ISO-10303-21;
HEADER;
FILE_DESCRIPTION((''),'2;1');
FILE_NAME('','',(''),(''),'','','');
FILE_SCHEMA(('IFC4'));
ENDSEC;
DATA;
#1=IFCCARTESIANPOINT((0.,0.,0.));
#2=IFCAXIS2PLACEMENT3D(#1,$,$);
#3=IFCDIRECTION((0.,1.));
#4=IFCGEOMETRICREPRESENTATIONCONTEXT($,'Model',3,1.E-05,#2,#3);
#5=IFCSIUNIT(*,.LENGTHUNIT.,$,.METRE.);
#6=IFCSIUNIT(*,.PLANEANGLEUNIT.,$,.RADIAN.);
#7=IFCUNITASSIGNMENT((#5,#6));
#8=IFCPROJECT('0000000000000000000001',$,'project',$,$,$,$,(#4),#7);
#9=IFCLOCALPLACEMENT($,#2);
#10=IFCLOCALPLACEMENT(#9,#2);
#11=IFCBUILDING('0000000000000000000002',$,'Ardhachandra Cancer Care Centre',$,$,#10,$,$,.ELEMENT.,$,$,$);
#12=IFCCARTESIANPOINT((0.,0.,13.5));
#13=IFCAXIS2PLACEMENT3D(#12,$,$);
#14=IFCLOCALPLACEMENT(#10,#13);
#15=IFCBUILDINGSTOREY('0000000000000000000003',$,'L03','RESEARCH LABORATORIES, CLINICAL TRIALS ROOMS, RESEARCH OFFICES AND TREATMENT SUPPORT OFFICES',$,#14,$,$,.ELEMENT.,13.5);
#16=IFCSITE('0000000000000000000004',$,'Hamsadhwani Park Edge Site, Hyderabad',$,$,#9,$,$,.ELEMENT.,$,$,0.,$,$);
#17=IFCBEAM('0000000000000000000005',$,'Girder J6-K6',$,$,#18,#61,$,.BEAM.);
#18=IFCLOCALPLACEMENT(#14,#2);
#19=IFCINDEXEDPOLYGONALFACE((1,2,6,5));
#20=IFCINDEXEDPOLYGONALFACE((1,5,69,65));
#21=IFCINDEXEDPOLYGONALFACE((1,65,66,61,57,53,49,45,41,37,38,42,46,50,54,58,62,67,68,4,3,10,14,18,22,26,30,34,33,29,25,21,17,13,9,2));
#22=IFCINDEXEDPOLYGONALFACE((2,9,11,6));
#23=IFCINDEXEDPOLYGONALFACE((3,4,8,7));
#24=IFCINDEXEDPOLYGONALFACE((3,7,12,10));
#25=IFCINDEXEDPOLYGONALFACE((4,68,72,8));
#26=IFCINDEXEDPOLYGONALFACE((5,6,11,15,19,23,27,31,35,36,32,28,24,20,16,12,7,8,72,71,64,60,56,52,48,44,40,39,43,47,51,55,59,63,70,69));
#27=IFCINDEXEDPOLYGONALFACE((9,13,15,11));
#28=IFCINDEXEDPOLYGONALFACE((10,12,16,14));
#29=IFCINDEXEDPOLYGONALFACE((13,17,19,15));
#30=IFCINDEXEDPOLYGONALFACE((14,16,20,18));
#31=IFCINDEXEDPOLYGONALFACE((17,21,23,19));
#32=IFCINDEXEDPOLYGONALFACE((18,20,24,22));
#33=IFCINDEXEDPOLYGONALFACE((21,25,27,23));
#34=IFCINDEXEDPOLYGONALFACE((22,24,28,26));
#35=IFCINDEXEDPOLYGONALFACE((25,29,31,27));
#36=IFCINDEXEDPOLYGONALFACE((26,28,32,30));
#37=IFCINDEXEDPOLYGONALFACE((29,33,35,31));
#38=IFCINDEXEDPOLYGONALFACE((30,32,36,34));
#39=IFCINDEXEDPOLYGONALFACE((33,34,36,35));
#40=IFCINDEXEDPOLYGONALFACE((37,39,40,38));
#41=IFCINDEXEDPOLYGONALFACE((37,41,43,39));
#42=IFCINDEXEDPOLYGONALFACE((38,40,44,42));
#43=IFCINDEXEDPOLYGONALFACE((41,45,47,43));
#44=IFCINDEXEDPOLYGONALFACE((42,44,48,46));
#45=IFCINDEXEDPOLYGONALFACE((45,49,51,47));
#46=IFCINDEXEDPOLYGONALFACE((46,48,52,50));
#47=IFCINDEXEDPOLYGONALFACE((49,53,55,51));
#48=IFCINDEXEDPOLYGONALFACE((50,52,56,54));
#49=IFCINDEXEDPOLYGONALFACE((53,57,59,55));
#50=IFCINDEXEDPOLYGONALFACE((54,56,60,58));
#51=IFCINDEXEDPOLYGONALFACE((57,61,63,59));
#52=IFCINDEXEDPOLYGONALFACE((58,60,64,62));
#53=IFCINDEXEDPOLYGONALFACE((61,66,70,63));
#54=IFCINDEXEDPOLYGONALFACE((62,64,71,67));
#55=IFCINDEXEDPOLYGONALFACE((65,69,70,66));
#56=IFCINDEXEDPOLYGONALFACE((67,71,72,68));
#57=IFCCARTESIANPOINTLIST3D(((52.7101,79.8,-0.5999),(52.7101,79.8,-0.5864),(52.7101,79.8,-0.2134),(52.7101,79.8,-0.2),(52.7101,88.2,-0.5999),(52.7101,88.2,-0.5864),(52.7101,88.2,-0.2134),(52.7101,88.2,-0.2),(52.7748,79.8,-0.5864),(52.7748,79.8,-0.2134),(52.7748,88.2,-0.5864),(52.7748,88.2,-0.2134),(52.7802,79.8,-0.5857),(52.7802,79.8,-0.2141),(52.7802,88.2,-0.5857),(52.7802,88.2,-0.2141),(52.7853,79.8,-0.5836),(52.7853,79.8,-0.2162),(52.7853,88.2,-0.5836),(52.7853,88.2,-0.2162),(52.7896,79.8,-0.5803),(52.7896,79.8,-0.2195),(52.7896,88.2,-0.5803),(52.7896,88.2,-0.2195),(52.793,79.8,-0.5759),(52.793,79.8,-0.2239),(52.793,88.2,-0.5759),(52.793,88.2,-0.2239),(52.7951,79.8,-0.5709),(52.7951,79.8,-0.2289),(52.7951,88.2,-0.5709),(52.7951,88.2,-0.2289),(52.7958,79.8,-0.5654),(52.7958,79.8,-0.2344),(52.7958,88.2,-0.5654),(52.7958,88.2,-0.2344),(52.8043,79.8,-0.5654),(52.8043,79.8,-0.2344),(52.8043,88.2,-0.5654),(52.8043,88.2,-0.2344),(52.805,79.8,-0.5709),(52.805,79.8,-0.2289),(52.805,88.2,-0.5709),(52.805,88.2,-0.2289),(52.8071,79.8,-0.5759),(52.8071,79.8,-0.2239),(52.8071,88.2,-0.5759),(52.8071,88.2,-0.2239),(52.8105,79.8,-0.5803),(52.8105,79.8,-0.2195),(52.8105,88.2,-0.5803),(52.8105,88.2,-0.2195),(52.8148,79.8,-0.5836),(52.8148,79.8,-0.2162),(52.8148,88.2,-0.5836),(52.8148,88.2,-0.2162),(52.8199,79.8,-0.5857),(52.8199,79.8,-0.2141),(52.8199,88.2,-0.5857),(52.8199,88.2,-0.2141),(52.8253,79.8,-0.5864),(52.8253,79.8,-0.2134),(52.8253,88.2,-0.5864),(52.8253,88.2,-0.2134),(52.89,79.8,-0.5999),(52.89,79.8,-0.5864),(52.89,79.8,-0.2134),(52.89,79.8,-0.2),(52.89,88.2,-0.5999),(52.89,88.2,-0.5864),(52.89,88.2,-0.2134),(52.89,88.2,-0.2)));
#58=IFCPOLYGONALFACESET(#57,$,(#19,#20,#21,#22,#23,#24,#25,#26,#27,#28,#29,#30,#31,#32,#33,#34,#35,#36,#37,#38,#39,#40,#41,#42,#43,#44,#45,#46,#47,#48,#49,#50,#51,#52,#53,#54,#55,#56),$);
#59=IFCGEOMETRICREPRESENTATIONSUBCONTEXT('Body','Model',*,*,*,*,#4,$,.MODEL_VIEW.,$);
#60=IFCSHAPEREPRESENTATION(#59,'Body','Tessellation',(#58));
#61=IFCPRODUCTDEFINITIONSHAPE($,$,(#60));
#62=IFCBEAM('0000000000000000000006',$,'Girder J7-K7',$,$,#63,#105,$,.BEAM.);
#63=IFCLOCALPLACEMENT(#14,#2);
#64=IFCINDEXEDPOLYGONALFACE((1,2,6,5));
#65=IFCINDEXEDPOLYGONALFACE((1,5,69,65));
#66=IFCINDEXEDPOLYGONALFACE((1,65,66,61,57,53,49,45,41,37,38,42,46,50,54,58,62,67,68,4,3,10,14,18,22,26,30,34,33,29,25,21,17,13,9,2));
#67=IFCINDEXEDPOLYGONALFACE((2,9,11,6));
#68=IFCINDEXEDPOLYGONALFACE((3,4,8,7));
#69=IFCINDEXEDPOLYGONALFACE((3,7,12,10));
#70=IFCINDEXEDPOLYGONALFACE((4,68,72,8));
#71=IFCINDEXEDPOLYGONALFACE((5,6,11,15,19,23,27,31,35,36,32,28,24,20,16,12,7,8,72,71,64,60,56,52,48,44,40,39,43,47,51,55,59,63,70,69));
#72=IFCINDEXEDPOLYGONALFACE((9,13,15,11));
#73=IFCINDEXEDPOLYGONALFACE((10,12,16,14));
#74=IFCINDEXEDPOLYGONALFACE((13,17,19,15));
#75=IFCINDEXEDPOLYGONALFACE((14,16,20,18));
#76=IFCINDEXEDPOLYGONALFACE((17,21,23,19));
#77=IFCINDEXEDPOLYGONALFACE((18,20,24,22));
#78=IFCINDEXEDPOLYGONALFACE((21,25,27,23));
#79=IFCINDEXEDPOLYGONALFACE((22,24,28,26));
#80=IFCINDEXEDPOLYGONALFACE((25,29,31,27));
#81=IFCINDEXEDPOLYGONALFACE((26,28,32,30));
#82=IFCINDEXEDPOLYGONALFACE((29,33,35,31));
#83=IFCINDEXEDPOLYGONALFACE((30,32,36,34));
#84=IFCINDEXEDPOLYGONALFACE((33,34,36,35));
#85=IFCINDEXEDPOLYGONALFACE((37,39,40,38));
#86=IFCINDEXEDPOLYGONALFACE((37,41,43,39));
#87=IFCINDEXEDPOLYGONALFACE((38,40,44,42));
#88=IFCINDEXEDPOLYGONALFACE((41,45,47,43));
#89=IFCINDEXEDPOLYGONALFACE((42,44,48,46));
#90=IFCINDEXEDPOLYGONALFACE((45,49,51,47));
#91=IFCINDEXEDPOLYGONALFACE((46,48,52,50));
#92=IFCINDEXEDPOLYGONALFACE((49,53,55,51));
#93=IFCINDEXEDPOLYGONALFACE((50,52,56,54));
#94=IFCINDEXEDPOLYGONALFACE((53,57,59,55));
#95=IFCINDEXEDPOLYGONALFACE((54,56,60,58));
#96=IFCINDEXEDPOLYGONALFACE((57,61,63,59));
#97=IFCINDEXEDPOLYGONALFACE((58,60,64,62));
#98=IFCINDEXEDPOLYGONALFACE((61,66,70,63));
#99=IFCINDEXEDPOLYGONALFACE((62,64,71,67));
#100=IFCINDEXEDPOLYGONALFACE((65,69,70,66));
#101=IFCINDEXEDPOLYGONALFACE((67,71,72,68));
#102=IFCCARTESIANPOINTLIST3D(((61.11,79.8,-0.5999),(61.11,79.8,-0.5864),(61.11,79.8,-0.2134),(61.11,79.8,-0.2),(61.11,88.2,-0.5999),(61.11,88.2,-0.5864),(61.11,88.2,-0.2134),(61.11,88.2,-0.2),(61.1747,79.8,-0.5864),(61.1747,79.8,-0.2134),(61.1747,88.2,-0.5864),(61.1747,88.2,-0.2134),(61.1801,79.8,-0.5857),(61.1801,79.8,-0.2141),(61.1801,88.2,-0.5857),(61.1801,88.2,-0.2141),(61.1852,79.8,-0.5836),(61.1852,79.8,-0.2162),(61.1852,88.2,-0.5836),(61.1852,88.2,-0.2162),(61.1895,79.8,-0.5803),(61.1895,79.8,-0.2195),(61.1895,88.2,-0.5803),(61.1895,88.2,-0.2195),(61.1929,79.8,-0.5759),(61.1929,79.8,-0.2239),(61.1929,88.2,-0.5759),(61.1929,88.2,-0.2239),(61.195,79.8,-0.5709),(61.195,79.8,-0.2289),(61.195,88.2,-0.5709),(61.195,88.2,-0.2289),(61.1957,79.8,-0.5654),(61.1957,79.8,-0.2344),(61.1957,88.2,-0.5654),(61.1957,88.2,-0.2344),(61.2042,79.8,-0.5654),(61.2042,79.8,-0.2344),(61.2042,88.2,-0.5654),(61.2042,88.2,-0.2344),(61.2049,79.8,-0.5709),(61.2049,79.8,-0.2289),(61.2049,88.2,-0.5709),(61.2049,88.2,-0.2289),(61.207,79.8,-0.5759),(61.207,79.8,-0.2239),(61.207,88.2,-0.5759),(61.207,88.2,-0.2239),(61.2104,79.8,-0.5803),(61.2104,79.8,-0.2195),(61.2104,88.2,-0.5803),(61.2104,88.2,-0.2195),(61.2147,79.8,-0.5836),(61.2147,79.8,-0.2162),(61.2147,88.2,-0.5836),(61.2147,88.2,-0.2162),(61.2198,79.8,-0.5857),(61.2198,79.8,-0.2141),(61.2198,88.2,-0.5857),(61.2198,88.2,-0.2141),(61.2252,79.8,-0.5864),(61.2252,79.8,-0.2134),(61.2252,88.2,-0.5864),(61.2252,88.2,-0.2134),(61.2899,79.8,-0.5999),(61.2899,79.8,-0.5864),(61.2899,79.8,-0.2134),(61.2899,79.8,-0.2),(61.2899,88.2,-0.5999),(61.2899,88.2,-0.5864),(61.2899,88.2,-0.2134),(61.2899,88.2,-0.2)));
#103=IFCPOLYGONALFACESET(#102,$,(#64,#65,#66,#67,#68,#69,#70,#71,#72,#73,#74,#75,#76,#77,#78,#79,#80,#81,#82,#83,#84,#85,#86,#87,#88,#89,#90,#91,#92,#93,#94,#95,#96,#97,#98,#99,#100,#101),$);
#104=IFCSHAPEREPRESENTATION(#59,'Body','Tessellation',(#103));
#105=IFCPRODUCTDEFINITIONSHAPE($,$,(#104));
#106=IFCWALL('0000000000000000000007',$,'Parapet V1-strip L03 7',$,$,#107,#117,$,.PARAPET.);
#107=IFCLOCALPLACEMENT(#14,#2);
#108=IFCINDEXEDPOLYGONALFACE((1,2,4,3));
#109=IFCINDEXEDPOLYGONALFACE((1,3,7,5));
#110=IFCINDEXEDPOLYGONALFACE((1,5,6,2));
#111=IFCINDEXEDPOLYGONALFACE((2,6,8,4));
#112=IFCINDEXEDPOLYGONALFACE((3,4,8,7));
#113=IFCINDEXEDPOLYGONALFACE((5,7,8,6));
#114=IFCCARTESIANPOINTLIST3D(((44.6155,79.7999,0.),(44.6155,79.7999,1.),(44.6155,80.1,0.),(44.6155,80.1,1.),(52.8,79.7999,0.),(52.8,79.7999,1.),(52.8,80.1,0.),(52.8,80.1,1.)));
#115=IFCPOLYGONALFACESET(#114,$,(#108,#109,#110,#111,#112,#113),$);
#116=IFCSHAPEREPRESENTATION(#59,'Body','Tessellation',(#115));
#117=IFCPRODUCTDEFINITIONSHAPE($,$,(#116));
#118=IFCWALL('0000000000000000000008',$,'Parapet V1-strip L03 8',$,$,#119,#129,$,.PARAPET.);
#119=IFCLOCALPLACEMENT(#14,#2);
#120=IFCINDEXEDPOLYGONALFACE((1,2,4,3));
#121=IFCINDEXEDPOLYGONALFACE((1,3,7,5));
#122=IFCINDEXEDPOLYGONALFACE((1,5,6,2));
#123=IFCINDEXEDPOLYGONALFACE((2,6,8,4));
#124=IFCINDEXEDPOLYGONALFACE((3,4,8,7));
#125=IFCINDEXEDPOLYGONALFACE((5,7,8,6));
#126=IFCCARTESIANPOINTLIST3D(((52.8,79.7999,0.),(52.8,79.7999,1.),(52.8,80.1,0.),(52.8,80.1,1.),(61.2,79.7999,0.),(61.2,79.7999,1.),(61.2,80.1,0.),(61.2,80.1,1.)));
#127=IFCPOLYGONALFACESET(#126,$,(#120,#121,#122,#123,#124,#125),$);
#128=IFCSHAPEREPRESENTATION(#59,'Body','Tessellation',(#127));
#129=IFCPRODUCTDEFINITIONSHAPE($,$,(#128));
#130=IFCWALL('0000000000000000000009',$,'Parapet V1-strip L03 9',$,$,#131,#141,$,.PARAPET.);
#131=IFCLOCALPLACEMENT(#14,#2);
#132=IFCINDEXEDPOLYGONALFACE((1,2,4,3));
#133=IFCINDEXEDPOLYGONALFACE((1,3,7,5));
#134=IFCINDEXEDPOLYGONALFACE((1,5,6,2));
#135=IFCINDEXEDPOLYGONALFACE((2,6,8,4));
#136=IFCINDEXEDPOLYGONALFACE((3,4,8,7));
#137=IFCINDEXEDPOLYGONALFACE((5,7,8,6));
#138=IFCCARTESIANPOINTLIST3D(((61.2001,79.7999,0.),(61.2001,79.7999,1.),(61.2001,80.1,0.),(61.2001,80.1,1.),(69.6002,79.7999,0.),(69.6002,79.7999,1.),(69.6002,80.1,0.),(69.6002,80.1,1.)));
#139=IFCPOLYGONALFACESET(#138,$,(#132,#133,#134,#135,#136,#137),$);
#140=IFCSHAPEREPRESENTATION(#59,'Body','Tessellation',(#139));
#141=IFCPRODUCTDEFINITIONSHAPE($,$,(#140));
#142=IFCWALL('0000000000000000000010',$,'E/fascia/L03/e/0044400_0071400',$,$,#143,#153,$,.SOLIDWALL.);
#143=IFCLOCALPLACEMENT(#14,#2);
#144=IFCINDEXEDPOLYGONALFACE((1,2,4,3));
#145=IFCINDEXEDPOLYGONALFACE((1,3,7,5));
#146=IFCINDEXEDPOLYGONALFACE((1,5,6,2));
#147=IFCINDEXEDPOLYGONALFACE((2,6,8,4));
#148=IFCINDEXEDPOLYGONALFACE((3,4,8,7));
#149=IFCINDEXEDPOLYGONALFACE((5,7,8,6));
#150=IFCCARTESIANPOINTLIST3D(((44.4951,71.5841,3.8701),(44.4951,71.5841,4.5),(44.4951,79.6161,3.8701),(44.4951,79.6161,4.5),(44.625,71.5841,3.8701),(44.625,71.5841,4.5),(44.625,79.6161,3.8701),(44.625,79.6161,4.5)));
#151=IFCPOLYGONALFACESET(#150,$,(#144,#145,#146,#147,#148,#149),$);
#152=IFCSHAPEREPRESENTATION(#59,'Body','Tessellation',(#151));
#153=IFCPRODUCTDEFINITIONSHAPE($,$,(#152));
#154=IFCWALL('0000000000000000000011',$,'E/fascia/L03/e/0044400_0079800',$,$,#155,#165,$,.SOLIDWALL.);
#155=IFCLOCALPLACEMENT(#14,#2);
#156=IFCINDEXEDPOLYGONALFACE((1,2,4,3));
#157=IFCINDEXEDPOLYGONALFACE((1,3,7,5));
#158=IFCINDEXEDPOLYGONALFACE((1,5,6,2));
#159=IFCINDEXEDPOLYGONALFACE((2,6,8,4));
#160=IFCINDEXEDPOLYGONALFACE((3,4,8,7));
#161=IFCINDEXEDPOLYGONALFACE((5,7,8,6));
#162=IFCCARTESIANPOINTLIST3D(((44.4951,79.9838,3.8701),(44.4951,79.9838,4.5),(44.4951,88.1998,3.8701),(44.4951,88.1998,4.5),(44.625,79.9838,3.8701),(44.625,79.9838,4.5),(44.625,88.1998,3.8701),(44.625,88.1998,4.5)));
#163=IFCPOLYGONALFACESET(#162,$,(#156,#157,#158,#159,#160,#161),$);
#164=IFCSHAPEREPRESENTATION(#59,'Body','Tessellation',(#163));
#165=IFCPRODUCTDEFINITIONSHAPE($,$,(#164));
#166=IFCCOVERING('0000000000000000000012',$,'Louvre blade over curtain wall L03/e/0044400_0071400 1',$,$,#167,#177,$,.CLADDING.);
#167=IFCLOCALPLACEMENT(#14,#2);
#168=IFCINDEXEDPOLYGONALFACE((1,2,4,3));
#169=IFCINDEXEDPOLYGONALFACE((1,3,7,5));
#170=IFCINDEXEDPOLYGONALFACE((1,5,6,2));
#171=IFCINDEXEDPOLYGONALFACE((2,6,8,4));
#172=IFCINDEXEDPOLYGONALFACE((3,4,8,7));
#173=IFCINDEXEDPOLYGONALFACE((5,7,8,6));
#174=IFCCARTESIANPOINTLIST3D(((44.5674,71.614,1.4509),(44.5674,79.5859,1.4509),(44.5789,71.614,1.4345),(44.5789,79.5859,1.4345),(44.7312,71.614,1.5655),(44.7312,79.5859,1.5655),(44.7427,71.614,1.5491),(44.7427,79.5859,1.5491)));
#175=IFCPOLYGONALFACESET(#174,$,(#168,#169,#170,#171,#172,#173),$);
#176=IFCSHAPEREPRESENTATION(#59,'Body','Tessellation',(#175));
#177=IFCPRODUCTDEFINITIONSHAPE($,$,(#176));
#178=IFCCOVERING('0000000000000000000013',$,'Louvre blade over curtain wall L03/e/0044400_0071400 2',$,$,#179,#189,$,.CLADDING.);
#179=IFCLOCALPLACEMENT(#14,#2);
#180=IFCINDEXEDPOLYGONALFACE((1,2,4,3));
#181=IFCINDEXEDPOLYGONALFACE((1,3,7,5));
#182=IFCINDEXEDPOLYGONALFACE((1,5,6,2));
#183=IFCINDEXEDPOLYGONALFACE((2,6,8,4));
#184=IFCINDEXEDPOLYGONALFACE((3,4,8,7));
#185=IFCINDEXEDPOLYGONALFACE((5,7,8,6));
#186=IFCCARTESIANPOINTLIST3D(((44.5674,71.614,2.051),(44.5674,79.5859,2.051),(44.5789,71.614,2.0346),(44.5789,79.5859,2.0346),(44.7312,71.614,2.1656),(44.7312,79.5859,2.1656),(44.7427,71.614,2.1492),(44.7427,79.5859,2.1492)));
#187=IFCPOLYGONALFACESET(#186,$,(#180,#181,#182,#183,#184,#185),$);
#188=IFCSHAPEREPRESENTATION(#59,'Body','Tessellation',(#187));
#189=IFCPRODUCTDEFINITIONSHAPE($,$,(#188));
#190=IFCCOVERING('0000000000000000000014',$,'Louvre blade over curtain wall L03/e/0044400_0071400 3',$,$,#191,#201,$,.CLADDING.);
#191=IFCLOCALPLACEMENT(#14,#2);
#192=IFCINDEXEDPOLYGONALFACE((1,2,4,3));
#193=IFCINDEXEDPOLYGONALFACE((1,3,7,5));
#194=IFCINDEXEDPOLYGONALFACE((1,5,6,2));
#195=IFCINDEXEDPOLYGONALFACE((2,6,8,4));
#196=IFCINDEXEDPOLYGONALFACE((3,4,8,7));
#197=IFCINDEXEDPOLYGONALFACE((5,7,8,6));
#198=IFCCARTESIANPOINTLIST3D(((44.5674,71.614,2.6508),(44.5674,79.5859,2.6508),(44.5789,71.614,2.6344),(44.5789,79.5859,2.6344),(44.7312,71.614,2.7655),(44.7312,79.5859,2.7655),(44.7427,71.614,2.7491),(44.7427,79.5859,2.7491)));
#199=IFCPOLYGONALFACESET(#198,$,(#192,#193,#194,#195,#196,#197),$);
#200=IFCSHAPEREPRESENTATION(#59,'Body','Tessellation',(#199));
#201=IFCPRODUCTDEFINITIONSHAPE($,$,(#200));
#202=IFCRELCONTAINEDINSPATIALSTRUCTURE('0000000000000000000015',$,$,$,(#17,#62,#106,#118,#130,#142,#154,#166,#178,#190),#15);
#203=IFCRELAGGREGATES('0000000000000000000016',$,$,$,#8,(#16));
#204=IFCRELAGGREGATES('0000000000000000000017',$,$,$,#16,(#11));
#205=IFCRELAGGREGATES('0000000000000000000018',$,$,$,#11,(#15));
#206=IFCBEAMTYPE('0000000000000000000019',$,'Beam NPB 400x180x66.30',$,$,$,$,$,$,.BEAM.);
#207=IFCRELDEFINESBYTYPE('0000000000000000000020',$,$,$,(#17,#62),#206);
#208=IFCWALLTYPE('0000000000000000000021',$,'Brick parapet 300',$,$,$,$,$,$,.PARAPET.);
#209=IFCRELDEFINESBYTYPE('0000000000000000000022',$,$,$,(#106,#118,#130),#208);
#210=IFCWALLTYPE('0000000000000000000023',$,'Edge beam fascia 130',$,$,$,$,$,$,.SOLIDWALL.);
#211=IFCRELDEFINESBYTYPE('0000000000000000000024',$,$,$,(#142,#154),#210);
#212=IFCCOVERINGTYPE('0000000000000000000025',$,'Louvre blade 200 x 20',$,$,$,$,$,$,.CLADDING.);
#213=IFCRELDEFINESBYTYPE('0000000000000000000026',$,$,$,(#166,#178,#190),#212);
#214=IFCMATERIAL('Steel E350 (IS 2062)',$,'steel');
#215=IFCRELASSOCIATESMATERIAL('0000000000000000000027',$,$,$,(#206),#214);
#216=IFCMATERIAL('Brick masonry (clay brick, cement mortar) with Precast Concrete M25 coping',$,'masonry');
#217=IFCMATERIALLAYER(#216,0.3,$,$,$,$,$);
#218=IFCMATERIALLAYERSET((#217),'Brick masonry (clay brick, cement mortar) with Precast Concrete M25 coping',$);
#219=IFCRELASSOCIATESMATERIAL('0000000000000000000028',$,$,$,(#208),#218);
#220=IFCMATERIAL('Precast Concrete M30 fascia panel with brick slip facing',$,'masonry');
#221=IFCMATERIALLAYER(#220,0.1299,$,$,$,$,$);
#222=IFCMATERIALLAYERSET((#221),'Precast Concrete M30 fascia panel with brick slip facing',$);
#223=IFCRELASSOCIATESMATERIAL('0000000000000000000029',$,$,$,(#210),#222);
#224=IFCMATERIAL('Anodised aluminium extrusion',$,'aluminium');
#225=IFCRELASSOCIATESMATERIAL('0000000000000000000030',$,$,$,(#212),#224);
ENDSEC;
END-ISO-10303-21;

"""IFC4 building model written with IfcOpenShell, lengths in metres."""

from ifc_helpers import new_model, si_unit, direction, frame, frame_2d, origin, origin_2d, place, context, subcontext, project, spatial, rectangle, i_section, extrude, material, layer, layer_set, material_profile, profile_set, type_object, element, save


model = new_model("IFC4")

# Units and contexts
model_context = context("Model", 3, precision=1e-05, world=origin(), true_north=direction((0.0, 1.0)))
body_context = subcontext(model_context, "Body", "Model", "MODEL_VIEW")
ifc_project = project(units=[si_unit("LENGTHUNIT", "METRE"), si_unit("PLANEANGLEUNIT", "RADIAN")], contexts=[model_context])

# Site, building, storey
site_placement = place(None, origin())
site = spatial("IfcSite", under=ifc_project, at=site_placement, Name="Hamsadhwani Park Edge Site, Hyderabad", CompositionType="ELEMENT", RefElevation=0.0)
building_placement = place(site_placement, origin())
building = spatial("IfcBuilding", under=site, at=building_placement, Name="Ardhachandra Cancer Care Centre", CompositionType="ELEMENT")
storey_placement = place(building_placement, frame((0.0, 0.0, 13.5)))
storey = spatial("IfcBuildingStorey", under=building, at=storey_placement, Name="L03", Description="RESEARCH LABORATORIES, CLINICAL TRIALS ROOMS, RESEARCH OFFICES AND TREATMENT SUPPORT OFFICES", CompositionType="ELEMENT", Elevation=13.5)

# Beams
ifc_material_1 = material(Name="Steel E350 (IS 2062)", Category="steel")
ifc_material_profile_1 = material_profile(ifc_material_1, i_section(OverallWidth=0.1799, OverallDepth=0.3999, WebThickness=0.0085, FlangeThickness=0.0134, FilletRadius=0.021, at=origin_2d()), Name="NPB 400x180x66.30")
ifc_profile_set_1 = profile_set([ifc_material_profile_1], Name="Steel E350 (IS 2062)")
beam_type_1 = type_object("IfcBeamType", Name="Beam NPB 400x180x66.30", PredefinedType="BEAM", material=ifc_profile_set_1)
for number, where, z_axis, x_axis, name in (
    (1, (52.8, 79.8, -0.3999), (0.0, 1.0, 0.0), (-1.0, 0.0, 0.0), "Girder J6-K6"),
    (2, (61.2, 79.8, -0.3999), (0.0, 1.0, 0.0), (-1.0, 0.0, 0.0), "Girder J7-K7"),
):
    element("IfcBeam", number, at=place(storey_placement, frame(where, z_axis=z_axis, x_axis=x_axis)), inside=storey, type_object=beam_type_1, Name=name, PredefinedType="BEAM", context=body_context, shape_type="SweptSolid", body=[
        extrude(i_section(OverallWidth=0.1799, OverallDepth=0.3999, WebThickness=0.0085, FlangeThickness=0.0134, FilletRadius=0.021, at=origin_2d()), origin(), (0.0, 0.0, 1.0), 8.3999),
    ])

# Walls
ifc_material_2 = material(Name="Brick masonry (clay brick, cement mortar) with Precast Concrete M25 coping", Category="masonry")
ifc_layer_1 = layer(ifc_material_2, 0.3)
ifc_layer_set_1 = layer_set([ifc_layer_1], Name="Brick masonry (clay brick, cement mortar) with Precast Concrete M25 coping")
wall_type_1 = type_object("IfcWallType", Name="Brick parapet 300", PredefinedType="PARAPET", material=ifc_layer_set_1)
wall_1_placement = place(storey_placement, frame((44.6155, 79.95, 0.0), z_axis=(0.0, 0.0, 1.0), x_axis=(1.0, 0.0, 0.0)))
element("IfcWall", 3, at=wall_1_placement, inside=storey, type_object=wall_type_1, Name="Parapet V1-strip L03 7", PredefinedType="PARAPET", context=body_context, shape_type="SweptSolid", body=[
    extrude(rectangle(XDim=8.1846, YDim=0.3, at=frame_2d((4.0923, 0.0))), origin(), (0.0, 0.0, 1.0), 1.0),
])
wall_2_placement = place(storey_placement, frame((52.8, 79.95, 0.0), z_axis=(0.0, 0.0, 1.0), x_axis=(1.0, 0.0, 0.0)))
element("IfcWall", 4, at=wall_2_placement, inside=storey, type_object=wall_type_1, Name="Parapet V1-strip L03 8", PredefinedType="PARAPET", context=body_context, shape_type="SweptSolid", body=[
    extrude(rectangle(XDim=8.3999, YDim=0.3, at=frame_2d((4.2, 0.0))), origin(), (0.0, 0.0, 1.0), 1.0),
])
wall_3_placement = place(storey_placement, frame((61.2, 79.95, 0.0), z_axis=(0.0, 0.0, 1.0), x_axis=(1.0, 0.0, 0.0)))
element("IfcWall", 5, at=wall_3_placement, inside=storey, type_object=wall_type_1, Name="Parapet V1-strip L03 9", PredefinedType="PARAPET", context=body_context, shape_type="SweptSolid", body=[
    extrude(rectangle(XDim=8.4001, YDim=0.3, at=frame_2d((4.2002, 0.0))), origin(), (0.0, 0.0, 1.0), 1.0),
])
ifc_material_3 = material(Name="Precast Concrete M30 fascia panel with brick slip facing", Category="masonry")
ifc_layer_2 = layer(ifc_material_3, 0.1299)
ifc_layer_set_2 = layer_set([ifc_layer_2], Name="Precast Concrete M30 fascia panel with brick slip facing")
wall_type_2 = type_object("IfcWallType", Name="Edge beam fascia 130", PredefinedType="SOLIDWALL", material=ifc_layer_set_2)
wall_4_placement = place(storey_placement, frame((44.5601, 71.584, 3.8701), z_axis=(0.0, 0.0, 1.0), x_axis=(0.0, 1.0, 0.0)))
element("IfcWall", 6, at=wall_4_placement, inside=storey, type_object=wall_type_2, Name="E/fascia/L03/e/0044400_0071400", PredefinedType="SOLIDWALL", context=body_context, shape_type="SweptSolid", body=[
    extrude(rectangle(XDim=8.032, YDim=0.1299, at=frame_2d((4.0161, 0.0))), origin(), (0.0, 0.0, 1.0), 0.6299),
])
wall_5_placement = place(storey_placement, frame((44.5601, 79.9839, 3.8701), z_axis=(0.0, 0.0, 1.0), x_axis=(0.0, 1.0, 0.0)))
element("IfcWall", 7, at=wall_5_placement, inside=storey, type_object=wall_type_2, Name="E/fascia/L03/e/0044400_0079800", PredefinedType="SOLIDWALL", context=body_context, shape_type="SweptSolid", body=[
    extrude(rectangle(XDim=8.2161, YDim=0.1299, at=frame_2d((4.1079, 0.0))), origin(), (0.0, 0.0, 1.0), 0.6299),
])

# Coverings
ifc_material_4 = material(Name="Anodised aluminium extrusion", Category="aluminium")
ifc_material_profile_2 = material_profile(ifc_material_4, rectangle(XDim=0.2, YDim=0.02, at=origin_2d()), Name="Louvre blade 200 x 20")
ifc_profile_set_2 = profile_set([ifc_material_profile_2], Name="Anodised aluminium extrusion")
covering_type_1 = type_object("IfcCoveringType", Name="Louvre blade 200 x 20", PredefinedType="CLADDING", material=ifc_profile_set_2)
for number, where, z_axis, x_axis, name in (
    (8, (44.655, 71.614, 1.5), (0.0, 1.0, 0.0), (-0.819152, 0.0, -0.573576), "Louvre blade over curtain wall L03/e/0044400_0071400 1"),
    (9, (44.655, 71.614, 2.1001), (0.0, 1.0, 0.0), (-0.819152, 0.0, -0.573576), "Louvre blade over curtain wall L03/e/0044400_0071400 2"),
    (10, (44.655, 71.614, 2.7), (0.0, 1.0, 0.0), (-0.819152, 0.0, -0.573576), "Louvre blade over curtain wall L03/e/0044400_0071400 3"),
):
    element("IfcCovering", number, at=place(storey_placement, frame(where, z_axis=z_axis, x_axis=x_axis)), inside=storey, type_object=covering_type_1, Name=name, PredefinedType="CLADDING", context=body_context, shape_type="SweptSolid", body=[
        extrude(rectangle(XDim=0.2, YDim=0.02, at=origin_2d()), origin(), (0.0, 0.0, 1.0), 7.9719),
    ])

save(model, "model.ifc")
